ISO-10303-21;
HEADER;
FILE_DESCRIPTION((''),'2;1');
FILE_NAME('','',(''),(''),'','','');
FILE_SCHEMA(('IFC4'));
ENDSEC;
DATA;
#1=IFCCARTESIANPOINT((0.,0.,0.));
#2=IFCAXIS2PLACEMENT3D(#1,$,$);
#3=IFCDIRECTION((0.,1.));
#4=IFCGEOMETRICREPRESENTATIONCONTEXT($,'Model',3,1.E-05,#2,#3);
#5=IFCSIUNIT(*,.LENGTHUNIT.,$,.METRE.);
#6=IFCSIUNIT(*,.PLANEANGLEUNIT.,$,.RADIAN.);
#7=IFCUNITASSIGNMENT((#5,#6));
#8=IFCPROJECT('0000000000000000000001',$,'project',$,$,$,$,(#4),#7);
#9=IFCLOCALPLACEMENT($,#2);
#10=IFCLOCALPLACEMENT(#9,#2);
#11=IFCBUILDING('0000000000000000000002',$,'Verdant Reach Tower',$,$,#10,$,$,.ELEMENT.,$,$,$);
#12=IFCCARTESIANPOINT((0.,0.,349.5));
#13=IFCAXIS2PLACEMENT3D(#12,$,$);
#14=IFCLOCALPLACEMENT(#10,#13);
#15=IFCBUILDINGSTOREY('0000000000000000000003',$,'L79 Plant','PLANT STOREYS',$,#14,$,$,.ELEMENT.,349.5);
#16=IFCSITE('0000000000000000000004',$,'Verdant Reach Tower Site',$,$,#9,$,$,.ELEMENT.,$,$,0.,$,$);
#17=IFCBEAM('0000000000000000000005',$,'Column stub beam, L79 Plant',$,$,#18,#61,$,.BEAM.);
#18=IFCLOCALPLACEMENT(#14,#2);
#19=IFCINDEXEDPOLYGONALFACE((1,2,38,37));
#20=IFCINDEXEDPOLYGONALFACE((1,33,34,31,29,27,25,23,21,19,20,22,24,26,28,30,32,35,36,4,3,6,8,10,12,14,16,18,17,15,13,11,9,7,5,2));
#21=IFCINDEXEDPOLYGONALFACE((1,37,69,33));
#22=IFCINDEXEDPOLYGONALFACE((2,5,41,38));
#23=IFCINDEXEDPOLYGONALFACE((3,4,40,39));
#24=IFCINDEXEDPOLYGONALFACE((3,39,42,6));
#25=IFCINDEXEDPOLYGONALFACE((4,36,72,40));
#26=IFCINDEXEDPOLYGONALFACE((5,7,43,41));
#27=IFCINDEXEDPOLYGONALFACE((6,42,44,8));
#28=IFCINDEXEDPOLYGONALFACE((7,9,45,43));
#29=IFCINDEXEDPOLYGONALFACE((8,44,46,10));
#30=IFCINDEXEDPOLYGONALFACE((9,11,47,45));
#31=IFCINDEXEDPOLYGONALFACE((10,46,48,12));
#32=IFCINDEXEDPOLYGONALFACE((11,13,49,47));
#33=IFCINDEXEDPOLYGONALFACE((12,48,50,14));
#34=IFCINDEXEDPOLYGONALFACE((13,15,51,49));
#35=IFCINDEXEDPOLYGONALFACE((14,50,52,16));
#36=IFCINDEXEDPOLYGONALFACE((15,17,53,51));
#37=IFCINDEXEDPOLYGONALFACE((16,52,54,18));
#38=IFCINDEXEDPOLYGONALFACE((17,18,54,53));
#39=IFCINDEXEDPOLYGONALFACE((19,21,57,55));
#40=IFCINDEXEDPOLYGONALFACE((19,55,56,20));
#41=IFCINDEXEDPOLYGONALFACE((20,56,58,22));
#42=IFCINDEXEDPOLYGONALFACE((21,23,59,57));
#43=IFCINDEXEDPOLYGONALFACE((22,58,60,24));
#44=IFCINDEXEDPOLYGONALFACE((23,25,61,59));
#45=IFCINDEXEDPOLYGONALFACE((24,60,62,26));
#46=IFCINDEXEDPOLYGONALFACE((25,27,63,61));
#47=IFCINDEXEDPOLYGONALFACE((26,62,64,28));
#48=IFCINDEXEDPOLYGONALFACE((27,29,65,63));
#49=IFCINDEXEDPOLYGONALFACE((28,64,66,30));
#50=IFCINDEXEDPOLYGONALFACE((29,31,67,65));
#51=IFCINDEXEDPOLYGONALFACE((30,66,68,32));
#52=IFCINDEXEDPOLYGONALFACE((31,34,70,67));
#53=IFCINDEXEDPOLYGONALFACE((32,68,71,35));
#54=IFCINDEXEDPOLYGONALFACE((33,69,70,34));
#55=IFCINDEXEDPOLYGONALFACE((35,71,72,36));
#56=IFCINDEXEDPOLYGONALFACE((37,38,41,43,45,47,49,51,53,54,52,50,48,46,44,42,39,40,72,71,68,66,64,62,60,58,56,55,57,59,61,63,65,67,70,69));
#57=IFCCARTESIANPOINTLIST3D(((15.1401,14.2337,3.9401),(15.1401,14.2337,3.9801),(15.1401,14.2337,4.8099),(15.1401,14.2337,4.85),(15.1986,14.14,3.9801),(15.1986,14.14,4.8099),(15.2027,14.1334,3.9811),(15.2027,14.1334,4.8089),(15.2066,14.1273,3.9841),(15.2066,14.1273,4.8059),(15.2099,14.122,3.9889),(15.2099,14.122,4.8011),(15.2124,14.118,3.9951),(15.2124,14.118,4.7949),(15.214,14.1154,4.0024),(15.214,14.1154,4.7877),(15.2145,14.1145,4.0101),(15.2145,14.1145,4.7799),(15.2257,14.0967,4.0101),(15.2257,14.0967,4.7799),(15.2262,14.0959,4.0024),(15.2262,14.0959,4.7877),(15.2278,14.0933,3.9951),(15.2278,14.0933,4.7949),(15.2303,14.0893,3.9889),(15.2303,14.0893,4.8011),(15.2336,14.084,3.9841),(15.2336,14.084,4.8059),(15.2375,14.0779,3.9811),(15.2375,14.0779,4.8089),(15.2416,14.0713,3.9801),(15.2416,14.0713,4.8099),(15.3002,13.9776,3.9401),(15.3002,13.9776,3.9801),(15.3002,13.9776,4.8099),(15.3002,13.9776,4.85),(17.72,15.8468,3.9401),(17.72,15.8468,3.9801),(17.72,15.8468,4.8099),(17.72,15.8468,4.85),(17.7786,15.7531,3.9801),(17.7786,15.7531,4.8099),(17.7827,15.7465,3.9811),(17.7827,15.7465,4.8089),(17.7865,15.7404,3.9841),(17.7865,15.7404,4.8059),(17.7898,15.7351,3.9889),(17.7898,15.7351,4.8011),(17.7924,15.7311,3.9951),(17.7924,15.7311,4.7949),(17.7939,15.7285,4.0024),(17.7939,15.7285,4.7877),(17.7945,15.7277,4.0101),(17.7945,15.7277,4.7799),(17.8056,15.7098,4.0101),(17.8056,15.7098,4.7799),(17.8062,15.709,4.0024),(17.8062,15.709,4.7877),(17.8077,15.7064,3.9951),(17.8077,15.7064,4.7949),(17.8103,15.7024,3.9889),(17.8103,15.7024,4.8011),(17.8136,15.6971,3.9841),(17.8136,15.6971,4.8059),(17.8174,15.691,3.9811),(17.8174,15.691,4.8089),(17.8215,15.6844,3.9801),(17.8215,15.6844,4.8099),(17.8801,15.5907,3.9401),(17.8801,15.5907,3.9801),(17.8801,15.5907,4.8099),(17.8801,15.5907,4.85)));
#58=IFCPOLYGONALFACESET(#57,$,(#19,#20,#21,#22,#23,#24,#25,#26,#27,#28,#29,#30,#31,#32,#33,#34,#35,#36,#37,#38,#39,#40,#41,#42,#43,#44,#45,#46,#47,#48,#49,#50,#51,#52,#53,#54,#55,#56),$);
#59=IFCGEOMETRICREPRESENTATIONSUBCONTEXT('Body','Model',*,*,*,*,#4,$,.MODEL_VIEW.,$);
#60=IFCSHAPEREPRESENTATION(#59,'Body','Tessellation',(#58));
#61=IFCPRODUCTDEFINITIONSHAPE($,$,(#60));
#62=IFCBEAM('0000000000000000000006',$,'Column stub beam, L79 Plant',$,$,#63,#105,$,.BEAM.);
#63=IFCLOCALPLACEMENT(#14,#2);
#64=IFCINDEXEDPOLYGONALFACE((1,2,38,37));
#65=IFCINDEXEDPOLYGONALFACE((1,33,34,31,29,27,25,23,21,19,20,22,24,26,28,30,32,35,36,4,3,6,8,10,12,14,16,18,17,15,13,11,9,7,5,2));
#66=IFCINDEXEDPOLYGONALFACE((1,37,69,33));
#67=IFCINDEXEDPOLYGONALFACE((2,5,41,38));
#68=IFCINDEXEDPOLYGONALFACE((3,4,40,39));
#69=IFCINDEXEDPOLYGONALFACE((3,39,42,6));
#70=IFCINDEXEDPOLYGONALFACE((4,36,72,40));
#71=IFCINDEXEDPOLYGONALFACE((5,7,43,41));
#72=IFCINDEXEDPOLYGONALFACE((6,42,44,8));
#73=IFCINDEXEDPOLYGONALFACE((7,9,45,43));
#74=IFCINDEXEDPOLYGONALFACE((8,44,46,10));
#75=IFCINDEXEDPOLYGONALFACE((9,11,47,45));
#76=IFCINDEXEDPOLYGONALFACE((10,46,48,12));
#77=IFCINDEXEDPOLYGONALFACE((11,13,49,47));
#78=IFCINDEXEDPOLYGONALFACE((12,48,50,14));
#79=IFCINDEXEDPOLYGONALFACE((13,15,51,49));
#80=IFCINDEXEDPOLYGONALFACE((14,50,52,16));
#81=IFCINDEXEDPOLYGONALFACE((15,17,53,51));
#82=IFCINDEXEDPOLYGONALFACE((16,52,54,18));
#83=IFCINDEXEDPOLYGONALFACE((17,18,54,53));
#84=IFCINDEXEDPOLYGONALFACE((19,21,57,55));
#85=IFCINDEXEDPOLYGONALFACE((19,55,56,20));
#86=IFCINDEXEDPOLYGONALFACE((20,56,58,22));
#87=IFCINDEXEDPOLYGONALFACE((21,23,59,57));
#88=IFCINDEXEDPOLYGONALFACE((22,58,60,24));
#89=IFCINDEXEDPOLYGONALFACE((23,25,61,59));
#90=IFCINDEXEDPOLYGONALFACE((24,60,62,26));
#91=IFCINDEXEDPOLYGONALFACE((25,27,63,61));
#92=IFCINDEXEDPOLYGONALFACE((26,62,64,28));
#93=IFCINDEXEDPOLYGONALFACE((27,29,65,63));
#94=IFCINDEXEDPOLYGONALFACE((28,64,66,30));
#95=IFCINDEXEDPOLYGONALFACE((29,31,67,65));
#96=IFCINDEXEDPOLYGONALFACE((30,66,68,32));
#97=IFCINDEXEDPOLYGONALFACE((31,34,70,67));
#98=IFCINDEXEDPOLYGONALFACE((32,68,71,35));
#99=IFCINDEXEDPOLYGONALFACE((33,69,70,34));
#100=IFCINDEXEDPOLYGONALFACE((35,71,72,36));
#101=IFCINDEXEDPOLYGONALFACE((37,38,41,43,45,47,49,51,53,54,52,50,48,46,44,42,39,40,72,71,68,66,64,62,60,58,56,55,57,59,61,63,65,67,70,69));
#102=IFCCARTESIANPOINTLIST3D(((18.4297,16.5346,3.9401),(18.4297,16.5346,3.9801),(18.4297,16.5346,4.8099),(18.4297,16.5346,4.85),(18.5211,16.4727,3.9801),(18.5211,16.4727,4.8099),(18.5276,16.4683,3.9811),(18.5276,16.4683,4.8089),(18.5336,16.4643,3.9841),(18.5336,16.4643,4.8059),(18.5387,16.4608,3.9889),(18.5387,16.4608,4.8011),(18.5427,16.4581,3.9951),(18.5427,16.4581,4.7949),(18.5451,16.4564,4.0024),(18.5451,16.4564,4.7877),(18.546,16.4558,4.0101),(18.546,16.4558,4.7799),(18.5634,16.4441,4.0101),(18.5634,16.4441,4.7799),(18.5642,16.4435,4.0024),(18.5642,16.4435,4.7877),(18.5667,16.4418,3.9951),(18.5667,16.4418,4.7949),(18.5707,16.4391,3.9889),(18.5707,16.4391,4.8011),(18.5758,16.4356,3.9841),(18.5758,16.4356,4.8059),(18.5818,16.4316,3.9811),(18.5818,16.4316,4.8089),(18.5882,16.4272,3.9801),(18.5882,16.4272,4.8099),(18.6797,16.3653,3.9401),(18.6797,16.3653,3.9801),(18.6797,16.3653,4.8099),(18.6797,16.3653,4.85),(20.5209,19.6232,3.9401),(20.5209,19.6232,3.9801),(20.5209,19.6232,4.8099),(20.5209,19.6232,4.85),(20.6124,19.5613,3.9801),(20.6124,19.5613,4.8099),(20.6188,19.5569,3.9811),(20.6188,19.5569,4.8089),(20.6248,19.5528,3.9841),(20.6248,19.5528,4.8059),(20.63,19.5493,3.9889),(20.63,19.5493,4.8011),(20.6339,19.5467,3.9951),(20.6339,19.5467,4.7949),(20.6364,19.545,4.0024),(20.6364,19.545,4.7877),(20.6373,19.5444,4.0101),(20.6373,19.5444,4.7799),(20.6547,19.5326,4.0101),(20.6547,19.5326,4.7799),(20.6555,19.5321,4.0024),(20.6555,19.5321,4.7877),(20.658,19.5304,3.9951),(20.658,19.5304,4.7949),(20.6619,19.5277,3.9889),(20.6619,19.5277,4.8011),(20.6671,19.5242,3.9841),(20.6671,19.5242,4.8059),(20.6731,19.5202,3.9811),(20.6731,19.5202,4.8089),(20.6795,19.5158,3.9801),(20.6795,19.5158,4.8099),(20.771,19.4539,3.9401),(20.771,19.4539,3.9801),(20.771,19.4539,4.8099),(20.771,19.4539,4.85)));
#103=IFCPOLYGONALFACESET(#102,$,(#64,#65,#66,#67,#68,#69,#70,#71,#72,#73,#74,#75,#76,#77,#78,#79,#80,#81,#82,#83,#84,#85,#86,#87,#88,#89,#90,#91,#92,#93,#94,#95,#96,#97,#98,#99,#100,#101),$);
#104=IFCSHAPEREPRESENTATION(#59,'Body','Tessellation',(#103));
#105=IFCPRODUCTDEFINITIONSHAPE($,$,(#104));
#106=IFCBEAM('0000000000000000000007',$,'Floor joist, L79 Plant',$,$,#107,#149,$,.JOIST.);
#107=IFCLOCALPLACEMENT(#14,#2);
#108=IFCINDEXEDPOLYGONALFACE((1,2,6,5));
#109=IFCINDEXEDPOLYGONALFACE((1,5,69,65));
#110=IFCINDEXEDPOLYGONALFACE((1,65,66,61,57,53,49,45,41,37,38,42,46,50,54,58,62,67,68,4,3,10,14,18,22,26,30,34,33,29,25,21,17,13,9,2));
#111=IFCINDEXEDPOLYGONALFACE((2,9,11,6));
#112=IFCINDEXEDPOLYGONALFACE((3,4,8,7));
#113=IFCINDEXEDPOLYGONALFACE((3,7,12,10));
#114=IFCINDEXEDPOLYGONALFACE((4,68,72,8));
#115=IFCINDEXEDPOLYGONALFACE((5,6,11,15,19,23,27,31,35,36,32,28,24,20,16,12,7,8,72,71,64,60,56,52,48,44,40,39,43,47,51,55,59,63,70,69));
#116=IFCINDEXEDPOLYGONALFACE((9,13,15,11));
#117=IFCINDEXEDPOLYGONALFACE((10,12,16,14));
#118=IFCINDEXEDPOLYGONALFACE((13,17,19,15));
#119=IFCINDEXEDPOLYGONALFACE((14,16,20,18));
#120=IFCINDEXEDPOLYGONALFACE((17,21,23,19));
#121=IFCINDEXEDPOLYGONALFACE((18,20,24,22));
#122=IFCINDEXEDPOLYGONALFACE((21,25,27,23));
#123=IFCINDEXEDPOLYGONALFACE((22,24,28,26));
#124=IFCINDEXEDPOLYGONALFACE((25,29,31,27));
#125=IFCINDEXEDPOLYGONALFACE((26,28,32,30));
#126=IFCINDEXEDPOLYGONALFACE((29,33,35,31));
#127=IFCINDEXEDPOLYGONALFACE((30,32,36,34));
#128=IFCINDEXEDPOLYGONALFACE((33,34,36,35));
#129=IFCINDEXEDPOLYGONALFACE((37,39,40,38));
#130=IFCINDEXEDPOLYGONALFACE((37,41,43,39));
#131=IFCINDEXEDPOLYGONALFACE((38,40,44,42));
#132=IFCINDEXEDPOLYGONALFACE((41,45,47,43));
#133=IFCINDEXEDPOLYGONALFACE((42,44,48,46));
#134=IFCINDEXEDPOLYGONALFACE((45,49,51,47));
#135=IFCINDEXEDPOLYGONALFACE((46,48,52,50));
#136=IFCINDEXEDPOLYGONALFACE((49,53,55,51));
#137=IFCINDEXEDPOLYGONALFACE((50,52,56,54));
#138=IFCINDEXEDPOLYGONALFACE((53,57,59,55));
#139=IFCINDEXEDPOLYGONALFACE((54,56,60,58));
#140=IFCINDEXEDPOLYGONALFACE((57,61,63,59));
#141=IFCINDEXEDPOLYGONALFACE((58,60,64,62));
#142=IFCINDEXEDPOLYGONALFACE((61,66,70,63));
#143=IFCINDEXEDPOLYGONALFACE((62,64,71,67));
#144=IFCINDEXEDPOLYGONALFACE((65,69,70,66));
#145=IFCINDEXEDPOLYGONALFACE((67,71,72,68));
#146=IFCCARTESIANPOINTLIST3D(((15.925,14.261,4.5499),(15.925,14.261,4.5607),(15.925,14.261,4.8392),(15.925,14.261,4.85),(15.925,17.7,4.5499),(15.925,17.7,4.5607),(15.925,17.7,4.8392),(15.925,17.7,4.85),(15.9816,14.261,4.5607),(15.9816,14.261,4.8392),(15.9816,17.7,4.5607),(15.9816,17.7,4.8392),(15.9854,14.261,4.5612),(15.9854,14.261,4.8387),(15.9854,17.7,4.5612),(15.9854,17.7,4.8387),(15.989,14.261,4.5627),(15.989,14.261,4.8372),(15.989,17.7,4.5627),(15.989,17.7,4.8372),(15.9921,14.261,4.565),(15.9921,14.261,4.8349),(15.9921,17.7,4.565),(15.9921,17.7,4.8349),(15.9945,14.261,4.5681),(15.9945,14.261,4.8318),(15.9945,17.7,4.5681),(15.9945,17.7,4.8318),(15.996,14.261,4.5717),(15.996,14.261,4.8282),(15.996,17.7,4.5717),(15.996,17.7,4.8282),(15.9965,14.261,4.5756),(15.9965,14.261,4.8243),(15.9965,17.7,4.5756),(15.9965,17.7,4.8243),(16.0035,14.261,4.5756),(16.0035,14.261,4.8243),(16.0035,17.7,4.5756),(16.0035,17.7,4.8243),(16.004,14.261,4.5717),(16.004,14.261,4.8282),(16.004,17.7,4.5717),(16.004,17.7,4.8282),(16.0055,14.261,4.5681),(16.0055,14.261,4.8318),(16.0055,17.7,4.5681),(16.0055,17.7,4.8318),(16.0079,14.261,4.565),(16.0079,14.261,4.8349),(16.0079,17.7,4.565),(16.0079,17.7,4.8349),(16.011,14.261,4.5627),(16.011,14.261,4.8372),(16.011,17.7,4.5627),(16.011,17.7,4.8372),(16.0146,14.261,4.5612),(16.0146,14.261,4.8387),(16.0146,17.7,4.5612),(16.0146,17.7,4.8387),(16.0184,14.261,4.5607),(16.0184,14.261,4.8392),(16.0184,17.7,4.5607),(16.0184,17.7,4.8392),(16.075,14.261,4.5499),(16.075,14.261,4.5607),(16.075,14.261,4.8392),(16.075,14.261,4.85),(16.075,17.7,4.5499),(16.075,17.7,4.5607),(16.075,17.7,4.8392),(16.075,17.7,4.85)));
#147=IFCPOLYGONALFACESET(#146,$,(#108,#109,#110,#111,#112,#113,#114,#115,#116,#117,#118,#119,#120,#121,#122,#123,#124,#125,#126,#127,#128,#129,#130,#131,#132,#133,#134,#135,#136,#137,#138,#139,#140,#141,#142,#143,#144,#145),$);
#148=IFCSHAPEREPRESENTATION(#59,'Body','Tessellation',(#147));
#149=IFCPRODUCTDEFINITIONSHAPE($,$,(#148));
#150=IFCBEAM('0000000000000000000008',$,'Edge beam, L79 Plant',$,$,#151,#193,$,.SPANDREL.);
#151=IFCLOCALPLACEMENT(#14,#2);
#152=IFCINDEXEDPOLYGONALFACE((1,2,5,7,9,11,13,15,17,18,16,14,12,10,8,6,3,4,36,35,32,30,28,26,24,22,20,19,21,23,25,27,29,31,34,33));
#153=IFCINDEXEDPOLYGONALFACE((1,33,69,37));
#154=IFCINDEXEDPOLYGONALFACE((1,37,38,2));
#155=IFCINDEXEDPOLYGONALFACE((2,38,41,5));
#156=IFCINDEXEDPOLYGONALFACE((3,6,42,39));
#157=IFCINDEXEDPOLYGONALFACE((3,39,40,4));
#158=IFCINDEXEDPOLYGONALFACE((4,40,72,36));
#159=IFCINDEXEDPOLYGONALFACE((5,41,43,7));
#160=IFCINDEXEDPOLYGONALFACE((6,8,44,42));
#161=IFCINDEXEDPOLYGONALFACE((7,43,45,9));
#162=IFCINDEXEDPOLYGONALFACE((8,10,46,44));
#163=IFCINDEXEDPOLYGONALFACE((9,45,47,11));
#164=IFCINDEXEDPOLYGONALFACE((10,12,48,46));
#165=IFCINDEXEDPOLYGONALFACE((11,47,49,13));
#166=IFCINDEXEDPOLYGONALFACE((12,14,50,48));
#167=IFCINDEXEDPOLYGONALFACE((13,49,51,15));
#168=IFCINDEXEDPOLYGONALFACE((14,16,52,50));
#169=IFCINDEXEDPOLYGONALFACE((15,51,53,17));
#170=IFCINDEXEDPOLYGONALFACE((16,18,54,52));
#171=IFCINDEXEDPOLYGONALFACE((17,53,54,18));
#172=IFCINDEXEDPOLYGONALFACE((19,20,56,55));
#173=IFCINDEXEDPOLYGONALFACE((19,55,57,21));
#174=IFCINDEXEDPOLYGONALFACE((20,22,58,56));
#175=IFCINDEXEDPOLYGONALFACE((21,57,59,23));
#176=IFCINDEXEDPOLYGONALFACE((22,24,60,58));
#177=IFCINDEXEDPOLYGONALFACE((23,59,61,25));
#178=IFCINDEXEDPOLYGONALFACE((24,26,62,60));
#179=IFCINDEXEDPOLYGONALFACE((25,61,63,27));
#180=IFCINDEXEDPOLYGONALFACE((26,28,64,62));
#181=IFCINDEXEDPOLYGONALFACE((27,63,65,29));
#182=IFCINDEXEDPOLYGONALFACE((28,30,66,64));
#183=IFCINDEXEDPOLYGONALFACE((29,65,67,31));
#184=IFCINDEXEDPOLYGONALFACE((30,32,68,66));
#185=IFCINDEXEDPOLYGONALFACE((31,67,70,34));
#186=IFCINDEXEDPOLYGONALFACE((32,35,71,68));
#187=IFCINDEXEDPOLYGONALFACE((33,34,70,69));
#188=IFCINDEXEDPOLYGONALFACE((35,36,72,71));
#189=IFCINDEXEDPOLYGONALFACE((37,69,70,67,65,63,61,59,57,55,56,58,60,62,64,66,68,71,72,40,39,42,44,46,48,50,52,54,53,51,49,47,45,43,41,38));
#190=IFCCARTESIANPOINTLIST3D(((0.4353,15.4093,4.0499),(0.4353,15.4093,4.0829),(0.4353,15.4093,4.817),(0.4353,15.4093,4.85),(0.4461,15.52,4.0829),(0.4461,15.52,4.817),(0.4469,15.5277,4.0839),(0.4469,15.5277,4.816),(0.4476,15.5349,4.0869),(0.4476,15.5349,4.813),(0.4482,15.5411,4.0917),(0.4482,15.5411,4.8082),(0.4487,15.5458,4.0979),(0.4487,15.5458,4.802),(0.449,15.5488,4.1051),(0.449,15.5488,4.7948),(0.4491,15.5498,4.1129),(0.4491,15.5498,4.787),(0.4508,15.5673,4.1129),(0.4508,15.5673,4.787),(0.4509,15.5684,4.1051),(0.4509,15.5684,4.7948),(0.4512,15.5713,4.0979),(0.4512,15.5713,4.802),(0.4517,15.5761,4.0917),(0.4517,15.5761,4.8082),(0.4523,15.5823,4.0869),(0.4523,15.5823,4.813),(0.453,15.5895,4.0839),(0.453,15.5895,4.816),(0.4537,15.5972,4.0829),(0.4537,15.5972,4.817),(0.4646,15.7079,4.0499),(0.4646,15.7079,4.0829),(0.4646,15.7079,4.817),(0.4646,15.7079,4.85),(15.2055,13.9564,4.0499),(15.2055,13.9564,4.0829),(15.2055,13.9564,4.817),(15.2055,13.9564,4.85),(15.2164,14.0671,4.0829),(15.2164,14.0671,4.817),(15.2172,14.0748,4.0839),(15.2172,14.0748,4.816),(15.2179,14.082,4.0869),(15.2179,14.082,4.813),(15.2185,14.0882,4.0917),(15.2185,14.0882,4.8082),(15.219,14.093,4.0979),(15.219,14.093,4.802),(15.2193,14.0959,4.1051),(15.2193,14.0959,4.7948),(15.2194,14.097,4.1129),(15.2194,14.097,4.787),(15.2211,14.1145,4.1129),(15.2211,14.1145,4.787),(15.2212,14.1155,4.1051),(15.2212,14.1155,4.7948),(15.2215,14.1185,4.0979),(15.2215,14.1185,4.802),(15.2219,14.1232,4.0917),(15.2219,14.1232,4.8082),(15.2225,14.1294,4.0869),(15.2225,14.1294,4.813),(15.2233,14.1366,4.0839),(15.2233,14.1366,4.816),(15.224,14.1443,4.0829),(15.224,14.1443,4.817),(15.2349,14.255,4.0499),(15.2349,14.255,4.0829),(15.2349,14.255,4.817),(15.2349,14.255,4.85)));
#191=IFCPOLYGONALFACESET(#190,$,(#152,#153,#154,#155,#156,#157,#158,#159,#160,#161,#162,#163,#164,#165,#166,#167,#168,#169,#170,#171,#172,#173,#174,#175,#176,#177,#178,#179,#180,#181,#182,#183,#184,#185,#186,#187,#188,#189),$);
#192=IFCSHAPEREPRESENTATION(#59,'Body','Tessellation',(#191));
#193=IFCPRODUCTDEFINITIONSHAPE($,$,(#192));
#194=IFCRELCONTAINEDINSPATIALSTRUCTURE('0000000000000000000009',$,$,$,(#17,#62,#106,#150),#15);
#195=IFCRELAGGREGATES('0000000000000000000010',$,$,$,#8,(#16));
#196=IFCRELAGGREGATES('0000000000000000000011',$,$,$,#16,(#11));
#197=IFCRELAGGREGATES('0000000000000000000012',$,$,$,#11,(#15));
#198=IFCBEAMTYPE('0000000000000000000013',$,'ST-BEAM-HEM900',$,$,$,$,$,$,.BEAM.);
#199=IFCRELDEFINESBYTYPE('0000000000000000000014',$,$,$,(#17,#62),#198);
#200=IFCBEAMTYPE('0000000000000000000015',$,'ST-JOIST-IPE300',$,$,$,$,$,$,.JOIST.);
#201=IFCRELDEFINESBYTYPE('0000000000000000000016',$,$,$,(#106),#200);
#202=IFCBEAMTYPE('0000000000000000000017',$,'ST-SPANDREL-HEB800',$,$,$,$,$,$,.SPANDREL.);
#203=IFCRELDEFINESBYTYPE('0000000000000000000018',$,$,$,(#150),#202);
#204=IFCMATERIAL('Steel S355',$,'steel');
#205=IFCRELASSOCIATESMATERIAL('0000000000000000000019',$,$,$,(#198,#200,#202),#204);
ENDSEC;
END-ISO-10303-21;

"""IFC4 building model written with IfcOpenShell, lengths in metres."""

from ifc_helpers import new_model, si_unit, direction, frame, origin, origin_2d, place, context, subcontext, project, spatial, i_section, extrude, material, material_profile, profile_set, type_object, element, save


model = new_model("IFC4")

# Units and contexts
model_context = context("Model", 3, precision=1e-05, world=origin(), true_north=direction((0.0, 1.0)))
body_context = subcontext(model_context, "Body", "Model", "MODEL_VIEW")
ifc_project = project(units=[si_unit("LENGTHUNIT", "METRE"), si_unit("PLANEANGLEUNIT", "RADIAN")], contexts=[model_context])

# Site, building, storey
site_placement = place(None, origin())
site = spatial("IfcSite", under=ifc_project, at=site_placement, Name="Verdant Reach Tower Site", CompositionType="ELEMENT", RefElevation=0.0)
building_placement = place(site_placement, origin())
building = spatial("IfcBuilding", under=site, at=building_placement, Name="Verdant Reach Tower", CompositionType="ELEMENT")
storey_placement = place(building_placement, frame((0.0, 0.0, 349.5)))
storey = spatial("IfcBuildingStorey", under=building, at=storey_placement, Name="L79 Plant", Description="PLANT STOREYS", CompositionType="ELEMENT", Elevation=349.5)

# Beams
ifc_material_1 = material(Name="Steel S355", Category="steel")
ifc_material_profile_1 = material_profile(ifc_material_1, i_section(OverallWidth=0.302, OverallDepth=0.9099, WebThickness=0.021, FlangeThickness=0.04, FilletRadius=0.03, at=origin_2d()), Name="HEM 900")
ifc_profile_set_1 = profile_set([ifc_material_profile_1], Name="Steel S355")
beam_type_1 = type_object("IfcBeamType", Name="ST-BEAM-HEM900", PredefinedType="BEAM", material=ifc_profile_set_1)
beam_1_placement = place(storey_placement, frame((17.8, 15.7188, 4.395), z_axis=(-0.847904, -0.53015, 0.0), x_axis=(0.53015, -0.847904, 0.0)))
element("IfcBeam", 1, at=beam_1_placement, inside=storey, type_object=beam_type_1, Name="Column stub beam, L79 Plant", PredefinedType="BEAM", context=body_context, shape_type="SweptSolid", body=[
    extrude(i_section(OverallWidth=0.302, OverallDepth=0.9099, WebThickness=0.021, FlangeThickness=0.04, FilletRadius=0.03, at=origin_2d()), origin(), (0.0, 0.0, 1.0), 3.0427),
])
beam_2_placement = place(storey_placement, frame((18.5547, 16.45, 4.395), z_axis=(0.560667, 0.828041, 0.0), x_axis=(-0.828041, 0.560667, 0.0)))
element("IfcBeam", 2, at=beam_2_placement, inside=storey, type_object=beam_type_1, Name="Column stub beam, L79 Plant", PredefinedType="BEAM", context=body_context, shape_type="SweptSolid", body=[
    extrude(i_section(OverallWidth=0.302, OverallDepth=0.9099, WebThickness=0.021, FlangeThickness=0.04, FilletRadius=0.03, at=origin_2d()), origin(), (0.0, 0.0, 1.0), 3.73),
])
ifc_material_profile_2 = material_profile(ifc_material_1, i_section(OverallWidth=0.1499, OverallDepth=0.3, WebThickness=0.0071, FlangeThickness=0.0107, FilletRadius=0.0149, at=origin_2d()), Name="IPE 300")
ifc_profile_set_2 = profile_set([ifc_material_profile_2], Name="Steel S355")
beam_type_2 = type_object("IfcBeamType", Name="ST-JOIST-IPE300", PredefinedType="JOIST", material=ifc_profile_set_2)
beam_3_placement = place(storey_placement, frame((16.0, 17.7, 4.7), z_axis=(0.0, -1.0, 0.0), x_axis=(1.0, 0.0, 0.0)))
element("IfcBeam", 3, at=beam_3_placement, inside=storey, type_object=beam_type_2, Name="Floor joist, L79 Plant", PredefinedType="JOIST", context=body_context, shape_type="SweptSolid", body=[
    extrude(i_section(OverallWidth=0.1499, OverallDepth=0.3, WebThickness=0.0071, FlangeThickness=0.0107, FilletRadius=0.0149, at=origin_2d()), origin(), (0.0, 0.0, 1.0), 3.439),
])
ifc_material_profile_3 = material_profile(ifc_material_1, i_section(OverallWidth=0.3, OverallDepth=0.8, WebThickness=0.0176, FlangeThickness=0.033, FilletRadius=0.03, at=origin_2d()), Name="HEB 800")
ifc_profile_set_3 = profile_set([ifc_material_profile_3], Name="Steel S355")
beam_type_3 = type_object("IfcBeamType", Name="ST-SPANDREL-HEB800", PredefinedType="SPANDREL", material=ifc_profile_set_3)
beam_4_placement = place(storey_placement, frame((15.2202, 14.1057, 4.45), z_axis=(-0.995197, 0.097893, 0.0), x_axis=(-0.097893, -0.995197, 0.0)))
element("IfcBeam", 4, at=beam_4_placement, inside=storey, type_object=beam_type_3, Name="Edge beam, L79 Plant", PredefinedType="SPANDREL", context=body_context, shape_type="SweptSolid", body=[
    extrude(i_section(OverallWidth=0.3, OverallDepth=0.8, WebThickness=0.0176, FlangeThickness=0.033, FilletRadius=0.03, at=origin_2d()), origin(), (0.0, 0.0, 1.0), 14.8416),
])

save(model, "model.ifc")
